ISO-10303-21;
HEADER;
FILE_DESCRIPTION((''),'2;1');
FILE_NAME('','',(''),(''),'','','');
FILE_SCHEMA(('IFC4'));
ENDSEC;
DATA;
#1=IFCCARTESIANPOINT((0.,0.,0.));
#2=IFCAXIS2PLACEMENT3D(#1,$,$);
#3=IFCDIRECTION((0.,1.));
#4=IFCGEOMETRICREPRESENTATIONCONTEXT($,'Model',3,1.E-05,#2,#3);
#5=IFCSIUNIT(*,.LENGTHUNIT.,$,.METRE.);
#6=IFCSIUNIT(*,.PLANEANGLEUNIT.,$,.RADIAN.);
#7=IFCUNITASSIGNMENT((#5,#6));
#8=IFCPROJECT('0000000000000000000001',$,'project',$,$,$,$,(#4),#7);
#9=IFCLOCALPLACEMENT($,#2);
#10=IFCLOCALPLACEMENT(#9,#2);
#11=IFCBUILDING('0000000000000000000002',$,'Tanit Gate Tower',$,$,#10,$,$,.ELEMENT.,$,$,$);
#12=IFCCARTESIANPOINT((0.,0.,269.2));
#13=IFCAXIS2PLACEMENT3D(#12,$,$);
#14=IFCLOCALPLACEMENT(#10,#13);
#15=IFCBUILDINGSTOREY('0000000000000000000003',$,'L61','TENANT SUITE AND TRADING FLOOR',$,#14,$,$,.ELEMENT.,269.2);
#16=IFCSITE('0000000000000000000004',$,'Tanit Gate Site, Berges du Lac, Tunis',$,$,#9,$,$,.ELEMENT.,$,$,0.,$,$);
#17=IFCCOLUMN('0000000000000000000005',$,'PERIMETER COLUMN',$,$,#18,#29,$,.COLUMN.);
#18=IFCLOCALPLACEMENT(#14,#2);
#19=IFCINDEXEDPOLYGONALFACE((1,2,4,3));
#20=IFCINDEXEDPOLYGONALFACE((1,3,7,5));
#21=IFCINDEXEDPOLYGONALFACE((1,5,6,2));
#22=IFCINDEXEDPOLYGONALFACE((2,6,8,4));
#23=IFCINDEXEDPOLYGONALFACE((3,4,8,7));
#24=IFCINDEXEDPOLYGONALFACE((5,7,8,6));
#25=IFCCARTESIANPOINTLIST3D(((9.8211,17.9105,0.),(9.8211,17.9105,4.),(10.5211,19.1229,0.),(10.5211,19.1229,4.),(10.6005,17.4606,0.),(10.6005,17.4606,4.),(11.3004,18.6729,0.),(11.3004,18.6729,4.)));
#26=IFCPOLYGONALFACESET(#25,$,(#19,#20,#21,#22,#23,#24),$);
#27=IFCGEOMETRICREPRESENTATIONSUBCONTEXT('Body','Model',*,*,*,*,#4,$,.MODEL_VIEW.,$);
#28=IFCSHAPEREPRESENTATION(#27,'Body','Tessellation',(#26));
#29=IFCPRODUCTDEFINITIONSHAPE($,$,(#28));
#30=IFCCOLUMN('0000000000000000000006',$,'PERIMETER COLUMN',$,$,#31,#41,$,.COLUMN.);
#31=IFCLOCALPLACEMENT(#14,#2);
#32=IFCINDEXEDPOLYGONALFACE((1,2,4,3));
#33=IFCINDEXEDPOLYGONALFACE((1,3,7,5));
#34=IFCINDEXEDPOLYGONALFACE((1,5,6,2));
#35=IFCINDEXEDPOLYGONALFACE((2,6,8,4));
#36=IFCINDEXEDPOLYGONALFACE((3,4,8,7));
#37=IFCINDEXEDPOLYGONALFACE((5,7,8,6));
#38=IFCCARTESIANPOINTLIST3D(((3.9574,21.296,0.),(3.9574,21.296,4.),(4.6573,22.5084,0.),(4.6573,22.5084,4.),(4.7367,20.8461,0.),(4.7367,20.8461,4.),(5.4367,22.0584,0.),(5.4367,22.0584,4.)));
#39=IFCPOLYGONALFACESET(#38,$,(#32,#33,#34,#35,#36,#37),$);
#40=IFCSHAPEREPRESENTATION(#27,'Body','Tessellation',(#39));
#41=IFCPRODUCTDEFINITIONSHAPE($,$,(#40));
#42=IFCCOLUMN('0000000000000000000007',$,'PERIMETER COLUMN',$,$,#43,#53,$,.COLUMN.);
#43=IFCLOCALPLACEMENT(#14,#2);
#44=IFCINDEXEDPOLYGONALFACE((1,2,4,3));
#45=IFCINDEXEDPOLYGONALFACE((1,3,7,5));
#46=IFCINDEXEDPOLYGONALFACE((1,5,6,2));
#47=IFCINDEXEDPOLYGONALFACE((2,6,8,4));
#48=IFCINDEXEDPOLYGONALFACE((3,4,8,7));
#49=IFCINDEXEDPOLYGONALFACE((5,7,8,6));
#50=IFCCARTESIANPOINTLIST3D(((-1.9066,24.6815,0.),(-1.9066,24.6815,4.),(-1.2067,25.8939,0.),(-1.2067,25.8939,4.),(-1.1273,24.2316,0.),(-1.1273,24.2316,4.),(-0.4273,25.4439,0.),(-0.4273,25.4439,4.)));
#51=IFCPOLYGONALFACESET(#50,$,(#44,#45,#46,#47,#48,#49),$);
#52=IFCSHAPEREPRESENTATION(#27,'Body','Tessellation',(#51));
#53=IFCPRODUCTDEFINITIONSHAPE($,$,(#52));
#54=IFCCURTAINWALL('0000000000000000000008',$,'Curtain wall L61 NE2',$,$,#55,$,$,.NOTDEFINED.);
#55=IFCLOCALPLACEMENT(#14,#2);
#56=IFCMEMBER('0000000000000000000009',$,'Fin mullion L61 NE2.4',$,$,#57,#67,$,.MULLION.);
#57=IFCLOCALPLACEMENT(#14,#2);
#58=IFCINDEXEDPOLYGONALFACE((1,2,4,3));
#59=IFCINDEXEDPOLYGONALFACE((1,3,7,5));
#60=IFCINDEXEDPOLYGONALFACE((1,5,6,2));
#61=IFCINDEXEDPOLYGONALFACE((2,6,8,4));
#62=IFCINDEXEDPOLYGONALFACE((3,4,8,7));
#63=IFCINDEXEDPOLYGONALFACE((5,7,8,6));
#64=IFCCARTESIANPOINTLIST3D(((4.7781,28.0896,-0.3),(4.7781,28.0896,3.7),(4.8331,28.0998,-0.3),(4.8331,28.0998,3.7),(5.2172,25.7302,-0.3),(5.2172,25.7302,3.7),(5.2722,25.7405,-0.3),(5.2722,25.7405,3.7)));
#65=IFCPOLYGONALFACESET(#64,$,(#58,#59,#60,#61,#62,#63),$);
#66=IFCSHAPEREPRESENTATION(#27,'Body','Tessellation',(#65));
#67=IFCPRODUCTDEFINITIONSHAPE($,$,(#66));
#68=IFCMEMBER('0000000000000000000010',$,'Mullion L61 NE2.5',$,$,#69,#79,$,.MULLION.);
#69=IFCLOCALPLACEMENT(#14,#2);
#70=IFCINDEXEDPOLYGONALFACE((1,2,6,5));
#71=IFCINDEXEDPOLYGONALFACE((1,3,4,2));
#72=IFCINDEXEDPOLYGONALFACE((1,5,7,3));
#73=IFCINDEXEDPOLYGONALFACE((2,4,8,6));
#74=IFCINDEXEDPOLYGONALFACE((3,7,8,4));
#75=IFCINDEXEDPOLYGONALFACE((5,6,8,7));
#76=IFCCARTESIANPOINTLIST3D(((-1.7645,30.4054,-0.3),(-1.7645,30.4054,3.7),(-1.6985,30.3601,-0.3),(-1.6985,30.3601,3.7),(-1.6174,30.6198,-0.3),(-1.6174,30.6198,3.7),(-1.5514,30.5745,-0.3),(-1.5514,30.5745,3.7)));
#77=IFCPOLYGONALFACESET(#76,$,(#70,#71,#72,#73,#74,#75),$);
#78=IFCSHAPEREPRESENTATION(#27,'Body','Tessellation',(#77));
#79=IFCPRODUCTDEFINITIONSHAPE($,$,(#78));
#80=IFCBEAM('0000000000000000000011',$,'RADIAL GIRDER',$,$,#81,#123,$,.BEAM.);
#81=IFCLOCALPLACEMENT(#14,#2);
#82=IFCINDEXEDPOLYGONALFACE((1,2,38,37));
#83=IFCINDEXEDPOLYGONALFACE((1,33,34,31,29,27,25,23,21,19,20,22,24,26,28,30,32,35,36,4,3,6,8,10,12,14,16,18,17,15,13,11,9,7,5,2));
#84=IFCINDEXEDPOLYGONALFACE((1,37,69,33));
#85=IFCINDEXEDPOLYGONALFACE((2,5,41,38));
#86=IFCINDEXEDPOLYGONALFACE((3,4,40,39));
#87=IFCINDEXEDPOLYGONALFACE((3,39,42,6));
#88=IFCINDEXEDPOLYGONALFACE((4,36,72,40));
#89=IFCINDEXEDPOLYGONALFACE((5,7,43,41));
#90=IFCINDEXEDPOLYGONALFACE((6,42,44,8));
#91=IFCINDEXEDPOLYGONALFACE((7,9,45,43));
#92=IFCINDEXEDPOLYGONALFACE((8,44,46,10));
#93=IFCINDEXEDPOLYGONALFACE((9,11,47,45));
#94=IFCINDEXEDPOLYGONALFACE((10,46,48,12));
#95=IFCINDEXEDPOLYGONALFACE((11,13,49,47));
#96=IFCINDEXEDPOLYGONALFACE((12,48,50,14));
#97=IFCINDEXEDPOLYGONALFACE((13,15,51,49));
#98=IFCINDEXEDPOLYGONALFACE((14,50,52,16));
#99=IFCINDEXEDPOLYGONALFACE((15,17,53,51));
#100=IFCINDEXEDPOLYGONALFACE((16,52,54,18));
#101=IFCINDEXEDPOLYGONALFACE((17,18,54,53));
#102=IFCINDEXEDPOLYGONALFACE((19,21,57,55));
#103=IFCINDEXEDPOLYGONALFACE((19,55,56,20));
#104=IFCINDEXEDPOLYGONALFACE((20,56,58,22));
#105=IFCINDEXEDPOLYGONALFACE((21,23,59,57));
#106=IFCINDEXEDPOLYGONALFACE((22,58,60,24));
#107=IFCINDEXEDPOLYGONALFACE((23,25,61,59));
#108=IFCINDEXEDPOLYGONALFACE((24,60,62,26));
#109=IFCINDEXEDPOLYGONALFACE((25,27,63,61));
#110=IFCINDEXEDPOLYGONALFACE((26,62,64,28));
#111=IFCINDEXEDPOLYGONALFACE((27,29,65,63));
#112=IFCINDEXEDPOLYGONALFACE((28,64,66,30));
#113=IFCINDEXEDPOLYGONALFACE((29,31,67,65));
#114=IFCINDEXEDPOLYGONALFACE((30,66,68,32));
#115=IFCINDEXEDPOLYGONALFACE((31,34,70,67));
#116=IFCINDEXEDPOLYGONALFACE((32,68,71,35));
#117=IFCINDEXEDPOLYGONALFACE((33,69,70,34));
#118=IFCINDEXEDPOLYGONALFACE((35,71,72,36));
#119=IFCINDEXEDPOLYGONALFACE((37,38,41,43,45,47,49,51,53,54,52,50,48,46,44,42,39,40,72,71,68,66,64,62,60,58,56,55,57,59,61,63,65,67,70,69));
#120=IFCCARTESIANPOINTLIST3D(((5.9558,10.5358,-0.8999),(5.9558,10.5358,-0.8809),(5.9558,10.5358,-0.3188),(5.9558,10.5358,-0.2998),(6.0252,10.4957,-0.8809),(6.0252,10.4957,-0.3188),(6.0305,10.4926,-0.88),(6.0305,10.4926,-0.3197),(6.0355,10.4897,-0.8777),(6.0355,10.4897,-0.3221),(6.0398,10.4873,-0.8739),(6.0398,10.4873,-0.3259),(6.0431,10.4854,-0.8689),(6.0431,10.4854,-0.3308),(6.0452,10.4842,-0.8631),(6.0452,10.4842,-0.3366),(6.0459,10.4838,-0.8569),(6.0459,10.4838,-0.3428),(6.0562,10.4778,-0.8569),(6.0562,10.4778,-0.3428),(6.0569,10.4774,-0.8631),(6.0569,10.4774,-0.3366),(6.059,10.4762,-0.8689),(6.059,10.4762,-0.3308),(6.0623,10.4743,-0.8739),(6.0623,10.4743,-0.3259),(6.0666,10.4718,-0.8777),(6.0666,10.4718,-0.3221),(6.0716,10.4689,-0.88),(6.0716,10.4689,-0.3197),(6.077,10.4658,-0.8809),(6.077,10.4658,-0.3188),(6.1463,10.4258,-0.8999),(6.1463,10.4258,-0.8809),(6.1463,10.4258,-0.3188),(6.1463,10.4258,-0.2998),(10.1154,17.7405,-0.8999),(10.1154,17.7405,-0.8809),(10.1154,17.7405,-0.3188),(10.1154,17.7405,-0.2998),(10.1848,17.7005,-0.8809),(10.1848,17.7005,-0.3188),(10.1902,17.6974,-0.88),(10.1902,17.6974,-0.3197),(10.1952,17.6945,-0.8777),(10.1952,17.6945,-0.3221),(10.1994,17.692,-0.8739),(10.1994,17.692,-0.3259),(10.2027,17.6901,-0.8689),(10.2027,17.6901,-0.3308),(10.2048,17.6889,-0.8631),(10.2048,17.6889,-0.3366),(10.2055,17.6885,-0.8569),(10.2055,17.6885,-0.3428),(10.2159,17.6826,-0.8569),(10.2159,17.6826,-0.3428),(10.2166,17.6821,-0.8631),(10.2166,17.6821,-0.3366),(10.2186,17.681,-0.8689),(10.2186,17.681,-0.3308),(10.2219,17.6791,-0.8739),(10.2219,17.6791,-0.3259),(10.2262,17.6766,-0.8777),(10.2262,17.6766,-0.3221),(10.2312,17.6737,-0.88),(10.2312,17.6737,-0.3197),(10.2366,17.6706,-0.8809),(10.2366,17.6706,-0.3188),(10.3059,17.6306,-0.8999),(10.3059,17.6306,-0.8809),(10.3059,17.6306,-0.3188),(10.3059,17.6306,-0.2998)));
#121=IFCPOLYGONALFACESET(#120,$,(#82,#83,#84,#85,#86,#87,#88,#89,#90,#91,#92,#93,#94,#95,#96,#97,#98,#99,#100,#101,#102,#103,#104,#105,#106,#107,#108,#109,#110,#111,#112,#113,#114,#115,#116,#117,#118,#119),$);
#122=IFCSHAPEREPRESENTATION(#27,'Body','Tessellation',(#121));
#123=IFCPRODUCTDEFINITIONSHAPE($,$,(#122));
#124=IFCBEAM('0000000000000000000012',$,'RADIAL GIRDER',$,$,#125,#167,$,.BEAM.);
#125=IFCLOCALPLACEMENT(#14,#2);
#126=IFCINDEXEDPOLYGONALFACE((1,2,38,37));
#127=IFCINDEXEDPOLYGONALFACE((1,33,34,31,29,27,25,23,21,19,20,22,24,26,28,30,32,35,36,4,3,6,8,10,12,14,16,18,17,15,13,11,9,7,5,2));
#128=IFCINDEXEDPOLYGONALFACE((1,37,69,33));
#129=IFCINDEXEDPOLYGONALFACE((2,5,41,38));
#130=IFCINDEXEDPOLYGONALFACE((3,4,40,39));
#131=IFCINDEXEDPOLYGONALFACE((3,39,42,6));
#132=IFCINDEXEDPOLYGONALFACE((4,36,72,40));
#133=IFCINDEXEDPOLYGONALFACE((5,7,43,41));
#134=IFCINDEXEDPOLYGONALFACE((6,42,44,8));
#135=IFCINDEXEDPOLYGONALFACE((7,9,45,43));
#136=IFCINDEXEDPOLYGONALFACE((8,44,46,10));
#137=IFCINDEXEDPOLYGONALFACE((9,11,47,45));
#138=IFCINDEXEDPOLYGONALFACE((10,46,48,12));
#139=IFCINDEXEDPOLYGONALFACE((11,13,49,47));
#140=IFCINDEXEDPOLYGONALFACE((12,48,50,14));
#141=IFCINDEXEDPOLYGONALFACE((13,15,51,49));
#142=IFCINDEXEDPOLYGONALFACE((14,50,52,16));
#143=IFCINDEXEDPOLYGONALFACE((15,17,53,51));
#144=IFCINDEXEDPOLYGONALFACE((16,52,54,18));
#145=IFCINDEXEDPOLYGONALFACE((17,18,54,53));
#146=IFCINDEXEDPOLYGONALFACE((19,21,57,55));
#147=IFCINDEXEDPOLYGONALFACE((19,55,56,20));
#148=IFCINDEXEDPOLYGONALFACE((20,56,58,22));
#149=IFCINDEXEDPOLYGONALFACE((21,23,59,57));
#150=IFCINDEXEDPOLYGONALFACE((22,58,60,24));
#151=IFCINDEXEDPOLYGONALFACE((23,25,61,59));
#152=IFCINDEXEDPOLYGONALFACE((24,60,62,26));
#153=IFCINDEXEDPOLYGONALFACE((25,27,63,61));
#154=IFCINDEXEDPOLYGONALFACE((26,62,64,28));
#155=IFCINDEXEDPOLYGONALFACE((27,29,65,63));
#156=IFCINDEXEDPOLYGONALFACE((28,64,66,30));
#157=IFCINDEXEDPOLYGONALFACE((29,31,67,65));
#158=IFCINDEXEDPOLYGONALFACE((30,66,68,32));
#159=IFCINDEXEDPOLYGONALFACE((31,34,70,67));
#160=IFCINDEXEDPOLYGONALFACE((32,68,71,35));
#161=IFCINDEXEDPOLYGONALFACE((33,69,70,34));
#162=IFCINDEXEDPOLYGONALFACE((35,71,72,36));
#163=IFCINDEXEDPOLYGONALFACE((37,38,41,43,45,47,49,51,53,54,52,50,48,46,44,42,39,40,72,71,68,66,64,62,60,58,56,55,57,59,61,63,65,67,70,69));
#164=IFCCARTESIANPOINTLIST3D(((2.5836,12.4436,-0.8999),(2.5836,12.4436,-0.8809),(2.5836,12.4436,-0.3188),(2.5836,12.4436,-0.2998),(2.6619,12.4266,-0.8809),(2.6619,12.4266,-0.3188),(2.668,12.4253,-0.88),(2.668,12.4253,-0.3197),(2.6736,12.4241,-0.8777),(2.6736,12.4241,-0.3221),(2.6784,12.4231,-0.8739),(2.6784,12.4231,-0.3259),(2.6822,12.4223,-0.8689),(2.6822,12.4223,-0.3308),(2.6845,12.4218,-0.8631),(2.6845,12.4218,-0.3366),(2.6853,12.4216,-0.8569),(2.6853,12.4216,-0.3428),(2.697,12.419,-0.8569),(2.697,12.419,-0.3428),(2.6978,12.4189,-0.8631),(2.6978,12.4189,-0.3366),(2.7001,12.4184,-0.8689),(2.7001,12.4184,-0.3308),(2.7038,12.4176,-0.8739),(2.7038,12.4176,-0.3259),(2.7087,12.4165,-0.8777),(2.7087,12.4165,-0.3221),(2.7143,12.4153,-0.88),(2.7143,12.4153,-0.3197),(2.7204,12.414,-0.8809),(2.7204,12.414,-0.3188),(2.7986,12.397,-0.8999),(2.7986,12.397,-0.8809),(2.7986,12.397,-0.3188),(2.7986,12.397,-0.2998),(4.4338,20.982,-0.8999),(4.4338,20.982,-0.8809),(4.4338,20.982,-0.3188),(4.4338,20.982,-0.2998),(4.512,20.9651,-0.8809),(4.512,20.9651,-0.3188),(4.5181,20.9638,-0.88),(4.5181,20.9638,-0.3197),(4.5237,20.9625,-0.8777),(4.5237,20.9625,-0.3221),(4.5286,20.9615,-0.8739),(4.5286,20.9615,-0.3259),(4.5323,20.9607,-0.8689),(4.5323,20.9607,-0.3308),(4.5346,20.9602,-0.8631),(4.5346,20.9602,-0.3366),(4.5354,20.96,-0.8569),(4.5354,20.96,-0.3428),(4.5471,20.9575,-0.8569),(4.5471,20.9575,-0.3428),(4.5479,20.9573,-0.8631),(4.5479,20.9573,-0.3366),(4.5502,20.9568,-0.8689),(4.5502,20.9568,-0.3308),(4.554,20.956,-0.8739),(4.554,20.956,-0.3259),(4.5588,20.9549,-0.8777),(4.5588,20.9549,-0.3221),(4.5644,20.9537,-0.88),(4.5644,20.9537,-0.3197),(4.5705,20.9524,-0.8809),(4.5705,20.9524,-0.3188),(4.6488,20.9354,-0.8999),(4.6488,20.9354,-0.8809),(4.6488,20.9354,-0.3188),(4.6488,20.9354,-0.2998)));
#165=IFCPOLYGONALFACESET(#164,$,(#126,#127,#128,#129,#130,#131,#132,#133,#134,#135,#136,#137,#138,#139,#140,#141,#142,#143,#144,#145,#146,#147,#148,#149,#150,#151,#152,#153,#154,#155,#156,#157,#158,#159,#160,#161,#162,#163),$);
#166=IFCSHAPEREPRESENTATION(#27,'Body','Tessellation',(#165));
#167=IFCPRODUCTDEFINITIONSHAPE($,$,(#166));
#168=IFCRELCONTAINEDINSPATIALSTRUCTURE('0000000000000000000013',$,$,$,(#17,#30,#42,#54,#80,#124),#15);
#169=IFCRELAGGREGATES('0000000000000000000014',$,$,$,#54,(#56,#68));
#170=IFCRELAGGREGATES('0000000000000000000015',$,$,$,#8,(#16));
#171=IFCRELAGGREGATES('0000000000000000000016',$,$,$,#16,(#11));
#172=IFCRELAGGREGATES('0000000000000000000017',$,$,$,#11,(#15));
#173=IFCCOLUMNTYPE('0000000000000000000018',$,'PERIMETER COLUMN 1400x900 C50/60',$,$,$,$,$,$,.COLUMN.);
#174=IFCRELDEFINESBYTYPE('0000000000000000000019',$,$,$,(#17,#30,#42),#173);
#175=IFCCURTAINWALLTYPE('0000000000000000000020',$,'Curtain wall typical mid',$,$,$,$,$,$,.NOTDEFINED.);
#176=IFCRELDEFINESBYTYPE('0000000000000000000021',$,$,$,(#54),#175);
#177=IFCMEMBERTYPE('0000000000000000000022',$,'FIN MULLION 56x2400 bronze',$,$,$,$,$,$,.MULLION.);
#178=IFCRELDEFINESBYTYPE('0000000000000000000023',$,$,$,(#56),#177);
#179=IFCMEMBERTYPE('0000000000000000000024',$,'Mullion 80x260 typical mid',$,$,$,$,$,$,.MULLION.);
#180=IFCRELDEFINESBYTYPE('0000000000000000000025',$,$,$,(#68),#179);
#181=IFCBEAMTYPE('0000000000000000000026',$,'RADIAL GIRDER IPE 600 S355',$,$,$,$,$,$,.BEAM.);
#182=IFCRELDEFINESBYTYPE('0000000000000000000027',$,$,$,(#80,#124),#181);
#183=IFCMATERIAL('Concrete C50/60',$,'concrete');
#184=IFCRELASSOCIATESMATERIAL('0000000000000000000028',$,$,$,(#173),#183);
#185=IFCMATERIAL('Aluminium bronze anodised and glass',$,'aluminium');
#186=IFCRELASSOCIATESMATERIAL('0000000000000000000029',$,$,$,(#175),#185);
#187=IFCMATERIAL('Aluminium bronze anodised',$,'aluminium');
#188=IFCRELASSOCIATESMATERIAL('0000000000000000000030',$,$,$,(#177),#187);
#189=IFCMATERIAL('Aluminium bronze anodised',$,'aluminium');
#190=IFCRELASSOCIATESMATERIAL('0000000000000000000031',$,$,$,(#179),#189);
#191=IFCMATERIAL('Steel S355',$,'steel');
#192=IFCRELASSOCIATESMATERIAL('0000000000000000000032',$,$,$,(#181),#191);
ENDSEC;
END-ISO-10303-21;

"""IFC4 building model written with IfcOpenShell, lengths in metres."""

from ifc_helpers import new_model, si_unit, direction, frame, origin, origin_2d, place, context, subcontext, project, spatial, rectangle, i_section, extrude, material, material_profile, profile_set, type_object, element, aggregate, save


model = new_model("IFC4")

# Units and contexts
model_context = context("Model", 3, precision=1e-05, world=origin(), true_north=direction((0.0, 1.0)))
body_context = subcontext(model_context, "Body", "Model", "MODEL_VIEW")
ifc_project = project(units=[si_unit("LENGTHUNIT", "METRE"), si_unit("PLANEANGLEUNIT", "RADIAN")], contexts=[model_context])

# Site, building, storey
site_placement = place(None, origin())
site = spatial("IfcSite", under=ifc_project, at=site_placement, Name="Tanit Gate Site, Berges du Lac, Tunis", CompositionType="ELEMENT", RefElevation=0.0)
building_placement = place(site_placement, origin())
building = spatial("IfcBuilding", under=site, at=building_placement, Name="Tanit Gate Tower", CompositionType="ELEMENT")
storey_placement = place(building_placement, frame((0.0, 0.0, 269.2)))
storey = spatial("IfcBuildingStorey", under=building, at=storey_placement, Name="L61", Description="TENANT SUITE AND TRADING FLOOR", CompositionType="ELEMENT", Elevation=269.2)

# Columns
ifc_material_1 = material(Name="Concrete C50/60", Category="concrete")
ifc_material_profile_1 = material_profile(ifc_material_1, rectangle(XDim=1.3999, YDim=0.8999, at=origin_2d()), Name="RC 1400x900")
ifc_profile_set_1 = profile_set([ifc_material_profile_1], Name="Concrete C50/60")
column_type = type_object("IfcColumnType", Name="PERIMETER COLUMN 1400x900 C50/60", PredefinedType="COLUMN", material=ifc_profile_set_1)
for number, where, z_axis, x_axis, name in (
    (1, (10.5608, 18.2917, 0.0), (0.0, 0.0, 1.0), (0.5, 0.866025, 0.0), "PERIMETER COLUMN"),
    (2, (4.697, 21.6772, 0.0), (0.0, 0.0, 1.0), (0.5, 0.866025, 0.0), "PERIMETER COLUMN"),
    (3, (-1.167, 25.0627, 0.0), (0.0, 0.0, 1.0), (0.5, 0.866025, 0.0), "PERIMETER COLUMN"),
):
    element("IfcColumn", number, at=place(storey_placement, frame(where, z_axis=z_axis, x_axis=x_axis)), inside=storey, type_object=column_type, Name=name, PredefinedType="COLUMN", context=body_context, shape_type="SweptSolid", body=[
        extrude(rectangle(XDim=1.3999, YDim=0.8999, at=origin_2d()), origin(), (0.0, 0.0, 1.0), 4.0),
    ])

# Curtain wall, members
ifc_material_2 = material(Name="Aluminium bronze anodised and glass", Category="aluminium")
curtain_wall_type = type_object("IfcCurtainWallType", Name="Curtain wall typical mid", PredefinedType="NOTDEFINED", material=ifc_material_2)
curtain_wall_1_placement = place(storey_placement, origin())
curtain_wall_1 = element("IfcCurtainWall", 4, at=curtain_wall_1_placement, inside=storey, type_object=curtain_wall_type, Name="Curtain wall L61 NE2", PredefinedType="NOTDEFINED")
ifc_material_3 = material(Name="Aluminium bronze anodised", Category="aluminium")
ifc_material_profile_2 = material_profile(ifc_material_3, rectangle(XDim=2.3999, YDim=0.0559, at=origin_2d()), Name="56x2400 bronze fin mullion")
ifc_profile_set_2 = profile_set([ifc_material_profile_2], Name="Aluminium bronze anodised")
member_type_1 = type_object("IfcMemberType", Name="FIN MULLION 56x2400 bronze", PredefinedType="MULLION", material=ifc_profile_set_2)
member_1_placement = place(storey_placement, frame((5.0251, 26.915, -0.3), z_axis=(0.0, 0.0, 1.0), x_axis=(0.182983, -0.983116, 0.0)))
member_1 = element("IfcMember", 5, at=member_1_placement, type_object=member_type_1, Name="Fin mullion L61 NE2.4", PredefinedType="MULLION", context=body_context, shape_type="SweptSolid", body=[
    extrude(rectangle(XDim=2.3999, YDim=0.0559, at=origin_2d()), origin(), (0.0, 0.0, 1.0), 4.0),
])
ifc_material_4 = material(Name="Aluminium bronze anodised", Category="aluminium")
ifc_material_profile_3 = material_profile(ifc_material_4, rectangle(XDim=0.26, YDim=0.0801, at=origin_2d()), Name="80x260 bronze mullion")
ifc_profile_set_3 = profile_set([ifc_material_profile_3], Name="Aluminium bronze anodised")
member_type_2 = type_object("IfcMemberType", Name="Mullion 80x260 typical mid", PredefinedType="MULLION", material=ifc_profile_set_3)
member_2_placement = place(storey_placement, frame((-1.658, 30.49, -0.3), z_axis=(0.0, 0.0, 1.0), x_axis=(-0.56578, -0.824557, 0.0)))
member_2 = element("IfcMember", 6, at=member_2_placement, type_object=member_type_2, Name="Mullion L61 NE2.5", PredefinedType="MULLION", context=body_context, shape_type="SweptSolid", body=[
    extrude(rectangle(XDim=0.26, YDim=0.0801, at=origin_2d()), origin(), (0.0, 0.0, 1.0), 4.0),
])

# Beams
ifc_material_5 = material(Name="Steel S355", Category="steel")
ifc_material_profile_4 = material_profile(ifc_material_5, i_section(OverallWidth=0.22, OverallDepth=0.6001, WebThickness=0.012, FlangeThickness=0.019, FilletRadius=0.0239, at=origin_2d()), Name="IPE 600")
ifc_profile_set_4 = profile_set([ifc_material_profile_4], Name="Steel S355")
beam_type = type_object("IfcBeamType", Name="RADIAL GIRDER IPE 600 S355", PredefinedType="BEAM", material=ifc_profile_set_4)
beam_1_placement = place(storey_placement, frame((10.2107, 17.6855, -0.5999), z_axis=(-0.499996, -0.866028, 0.0), x_axis=(0.866028, -0.499996, 0.0)))
element("IfcBeam", 7, at=beam_1_placement, inside=storey, type_object=beam_type, Name="RADIAL GIRDER", PredefinedType="BEAM", context=body_context, shape_type="SweptSolid", body=[
    extrude(i_section(OverallWidth=0.22, OverallDepth=0.6001, WebThickness=0.012, FlangeThickness=0.019, FilletRadius=0.0239, at=origin_2d()), origin(), (0.0, 0.0, 1.0), 8.3193),
])
beam_2_placement = place(storey_placement, frame((4.5413, 20.9587, -0.5999), z_axis=(-0.211767, -0.97732, 0.0), x_axis=(0.97732, -0.211767, 0.0)))
element("IfcBeam", 8, at=beam_2_placement, inside=storey, type_object=beam_type, Name="RADIAL GIRDER", PredefinedType="BEAM", context=body_context, shape_type="SweptSolid", body=[
    extrude(i_section(OverallWidth=0.22, OverallDepth=0.6001, WebThickness=0.012, FlangeThickness=0.019, FilletRadius=0.0239, at=origin_2d()), origin(), (0.0, 0.0, 1.0), 8.7366),
])

aggregate(curtain_wall_1, [member_1, member_2])

save(model, "model.ifc")
